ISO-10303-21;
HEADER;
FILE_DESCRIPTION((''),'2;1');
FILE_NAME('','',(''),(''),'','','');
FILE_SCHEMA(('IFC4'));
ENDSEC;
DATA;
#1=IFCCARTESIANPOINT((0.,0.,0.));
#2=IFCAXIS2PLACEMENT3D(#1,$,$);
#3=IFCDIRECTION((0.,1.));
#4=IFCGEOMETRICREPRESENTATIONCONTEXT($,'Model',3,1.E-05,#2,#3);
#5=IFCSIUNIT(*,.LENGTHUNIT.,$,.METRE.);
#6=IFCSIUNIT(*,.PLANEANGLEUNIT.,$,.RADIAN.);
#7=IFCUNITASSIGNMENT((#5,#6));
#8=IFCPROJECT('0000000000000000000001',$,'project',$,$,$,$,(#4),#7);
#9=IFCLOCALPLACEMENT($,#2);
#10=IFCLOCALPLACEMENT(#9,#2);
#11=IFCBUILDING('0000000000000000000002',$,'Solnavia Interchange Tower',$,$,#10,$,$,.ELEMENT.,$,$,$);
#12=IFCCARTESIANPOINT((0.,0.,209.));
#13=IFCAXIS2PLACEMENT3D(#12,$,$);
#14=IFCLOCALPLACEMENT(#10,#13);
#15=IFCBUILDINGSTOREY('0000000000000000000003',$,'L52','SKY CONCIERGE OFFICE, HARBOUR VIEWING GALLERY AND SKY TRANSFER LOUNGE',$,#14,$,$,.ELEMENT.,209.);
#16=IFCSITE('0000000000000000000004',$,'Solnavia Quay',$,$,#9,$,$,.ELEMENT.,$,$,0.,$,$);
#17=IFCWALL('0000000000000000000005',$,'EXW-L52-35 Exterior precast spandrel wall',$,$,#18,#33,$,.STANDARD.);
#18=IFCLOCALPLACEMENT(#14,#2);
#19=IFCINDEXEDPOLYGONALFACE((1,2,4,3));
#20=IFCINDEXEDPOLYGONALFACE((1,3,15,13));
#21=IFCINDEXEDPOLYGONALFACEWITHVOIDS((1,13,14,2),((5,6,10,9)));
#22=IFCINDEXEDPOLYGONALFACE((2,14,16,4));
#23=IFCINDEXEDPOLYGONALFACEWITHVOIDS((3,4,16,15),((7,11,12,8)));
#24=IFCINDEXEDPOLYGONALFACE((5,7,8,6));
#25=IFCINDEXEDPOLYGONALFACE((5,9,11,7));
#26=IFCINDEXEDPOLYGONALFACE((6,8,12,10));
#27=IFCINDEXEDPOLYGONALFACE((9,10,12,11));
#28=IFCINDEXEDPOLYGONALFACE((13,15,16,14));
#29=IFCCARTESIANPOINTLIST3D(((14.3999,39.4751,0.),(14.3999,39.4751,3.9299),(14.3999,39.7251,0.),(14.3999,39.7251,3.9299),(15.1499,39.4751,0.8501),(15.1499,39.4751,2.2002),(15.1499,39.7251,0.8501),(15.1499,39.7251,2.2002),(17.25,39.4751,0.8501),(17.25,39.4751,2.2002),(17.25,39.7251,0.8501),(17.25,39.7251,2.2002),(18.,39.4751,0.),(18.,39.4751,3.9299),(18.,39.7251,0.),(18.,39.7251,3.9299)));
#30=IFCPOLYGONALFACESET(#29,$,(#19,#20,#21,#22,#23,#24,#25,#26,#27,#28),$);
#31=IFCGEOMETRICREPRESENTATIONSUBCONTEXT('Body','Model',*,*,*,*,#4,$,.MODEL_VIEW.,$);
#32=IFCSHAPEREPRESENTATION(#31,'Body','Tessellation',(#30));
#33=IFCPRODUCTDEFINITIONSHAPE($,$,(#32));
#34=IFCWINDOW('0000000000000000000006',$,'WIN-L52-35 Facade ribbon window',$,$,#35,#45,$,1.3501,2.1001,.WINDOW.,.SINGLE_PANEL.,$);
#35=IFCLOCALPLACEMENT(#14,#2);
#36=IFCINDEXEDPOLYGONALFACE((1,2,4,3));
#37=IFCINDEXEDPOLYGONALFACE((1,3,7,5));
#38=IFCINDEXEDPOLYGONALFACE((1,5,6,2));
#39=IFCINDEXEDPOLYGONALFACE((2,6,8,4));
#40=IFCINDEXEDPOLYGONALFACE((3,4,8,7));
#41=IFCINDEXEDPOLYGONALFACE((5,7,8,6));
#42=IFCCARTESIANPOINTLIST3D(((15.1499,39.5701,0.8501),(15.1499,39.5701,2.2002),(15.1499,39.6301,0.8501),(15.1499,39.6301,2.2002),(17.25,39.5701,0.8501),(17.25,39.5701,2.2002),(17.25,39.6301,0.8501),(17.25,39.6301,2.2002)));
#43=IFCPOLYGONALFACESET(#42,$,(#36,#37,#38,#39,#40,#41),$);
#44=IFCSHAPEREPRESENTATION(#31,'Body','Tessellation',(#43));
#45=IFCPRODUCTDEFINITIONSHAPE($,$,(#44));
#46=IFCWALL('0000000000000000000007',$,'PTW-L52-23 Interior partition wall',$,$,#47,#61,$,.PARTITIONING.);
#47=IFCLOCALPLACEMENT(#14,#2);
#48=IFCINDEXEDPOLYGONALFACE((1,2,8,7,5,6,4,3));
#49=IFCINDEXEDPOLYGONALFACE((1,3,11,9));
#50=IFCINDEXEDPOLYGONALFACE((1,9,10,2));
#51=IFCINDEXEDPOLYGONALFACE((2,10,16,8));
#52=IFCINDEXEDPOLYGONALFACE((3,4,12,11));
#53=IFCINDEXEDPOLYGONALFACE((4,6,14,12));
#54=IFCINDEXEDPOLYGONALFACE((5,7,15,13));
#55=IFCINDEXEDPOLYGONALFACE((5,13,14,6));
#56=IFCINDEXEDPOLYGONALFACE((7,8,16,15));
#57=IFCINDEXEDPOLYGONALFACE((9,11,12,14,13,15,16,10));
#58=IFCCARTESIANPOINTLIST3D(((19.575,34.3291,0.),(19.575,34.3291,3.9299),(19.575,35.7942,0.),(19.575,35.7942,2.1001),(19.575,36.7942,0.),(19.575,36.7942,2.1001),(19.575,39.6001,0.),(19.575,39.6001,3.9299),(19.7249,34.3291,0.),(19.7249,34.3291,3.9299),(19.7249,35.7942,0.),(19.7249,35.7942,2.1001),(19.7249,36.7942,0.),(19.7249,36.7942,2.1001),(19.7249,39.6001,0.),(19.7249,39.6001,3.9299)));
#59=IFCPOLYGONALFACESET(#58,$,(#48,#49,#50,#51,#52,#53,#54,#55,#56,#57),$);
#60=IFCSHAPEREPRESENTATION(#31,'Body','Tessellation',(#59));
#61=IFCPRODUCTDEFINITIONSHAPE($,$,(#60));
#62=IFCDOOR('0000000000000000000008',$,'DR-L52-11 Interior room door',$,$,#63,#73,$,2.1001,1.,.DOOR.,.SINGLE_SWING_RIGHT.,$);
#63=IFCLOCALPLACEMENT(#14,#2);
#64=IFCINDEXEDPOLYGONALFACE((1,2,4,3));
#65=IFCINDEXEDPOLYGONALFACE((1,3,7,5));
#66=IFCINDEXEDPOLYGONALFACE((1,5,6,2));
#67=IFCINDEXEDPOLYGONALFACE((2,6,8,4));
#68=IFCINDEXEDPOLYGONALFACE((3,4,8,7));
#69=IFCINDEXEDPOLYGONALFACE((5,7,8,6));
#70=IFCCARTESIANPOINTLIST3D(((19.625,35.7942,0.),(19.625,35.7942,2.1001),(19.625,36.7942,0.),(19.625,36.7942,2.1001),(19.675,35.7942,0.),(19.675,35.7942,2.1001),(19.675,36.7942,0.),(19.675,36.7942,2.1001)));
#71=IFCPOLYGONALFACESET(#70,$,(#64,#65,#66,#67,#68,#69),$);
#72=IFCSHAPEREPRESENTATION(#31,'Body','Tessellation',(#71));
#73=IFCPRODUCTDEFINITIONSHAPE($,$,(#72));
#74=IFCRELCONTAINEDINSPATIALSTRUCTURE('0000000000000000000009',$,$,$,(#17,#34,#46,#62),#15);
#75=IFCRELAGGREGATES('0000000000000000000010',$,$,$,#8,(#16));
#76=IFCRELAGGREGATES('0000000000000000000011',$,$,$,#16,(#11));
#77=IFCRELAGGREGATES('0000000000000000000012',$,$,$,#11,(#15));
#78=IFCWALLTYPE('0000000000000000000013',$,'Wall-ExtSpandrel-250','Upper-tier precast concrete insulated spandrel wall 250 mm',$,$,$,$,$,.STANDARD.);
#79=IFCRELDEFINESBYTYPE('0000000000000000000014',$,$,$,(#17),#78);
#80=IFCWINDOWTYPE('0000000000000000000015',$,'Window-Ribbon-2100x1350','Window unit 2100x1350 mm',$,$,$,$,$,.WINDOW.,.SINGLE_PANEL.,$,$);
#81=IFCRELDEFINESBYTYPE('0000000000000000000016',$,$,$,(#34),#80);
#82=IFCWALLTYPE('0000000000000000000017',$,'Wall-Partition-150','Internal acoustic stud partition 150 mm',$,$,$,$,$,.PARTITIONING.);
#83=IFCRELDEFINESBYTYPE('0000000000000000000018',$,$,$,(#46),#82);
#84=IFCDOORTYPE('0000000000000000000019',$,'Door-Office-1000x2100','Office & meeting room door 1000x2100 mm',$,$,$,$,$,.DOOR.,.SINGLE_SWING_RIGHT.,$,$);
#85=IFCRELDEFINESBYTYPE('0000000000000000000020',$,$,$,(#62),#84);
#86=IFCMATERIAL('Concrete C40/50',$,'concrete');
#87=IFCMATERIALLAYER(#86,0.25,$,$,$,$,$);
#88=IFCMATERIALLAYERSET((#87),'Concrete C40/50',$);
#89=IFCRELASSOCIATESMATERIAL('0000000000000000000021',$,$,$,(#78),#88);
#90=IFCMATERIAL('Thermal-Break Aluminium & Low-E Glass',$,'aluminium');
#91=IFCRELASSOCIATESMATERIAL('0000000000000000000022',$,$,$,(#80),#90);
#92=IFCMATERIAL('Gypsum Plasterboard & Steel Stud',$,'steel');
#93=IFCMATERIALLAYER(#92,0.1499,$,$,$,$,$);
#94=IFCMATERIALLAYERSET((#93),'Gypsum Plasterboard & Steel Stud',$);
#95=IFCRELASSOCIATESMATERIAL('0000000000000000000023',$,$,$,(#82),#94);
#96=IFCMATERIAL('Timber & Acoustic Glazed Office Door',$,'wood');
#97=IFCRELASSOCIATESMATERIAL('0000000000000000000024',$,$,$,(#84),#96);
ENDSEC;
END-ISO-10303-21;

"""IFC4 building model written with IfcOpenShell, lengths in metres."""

from ifc_helpers import new_model, si_unit, direction, frame, frame_2d, origin, place, context, subcontext, project, spatial, rectangle, extrude, material, layer, layer_set, type_object, element, fill, save


model = new_model("IFC4")

# Units and contexts
model_context = context("Model", 3, precision=1e-05, world=origin(), true_north=direction((0.0, 1.0)))
body_context = subcontext(model_context, "Body", "Model", "MODEL_VIEW")
ifc_project = project(units=[si_unit("LENGTHUNIT", "METRE"), si_unit("PLANEANGLEUNIT", "RADIAN")], contexts=[model_context])

# Site, building, storey
site_placement = place(None, origin())
site = spatial("IfcSite", under=ifc_project, at=site_placement, Name="Solnavia Quay", CompositionType="ELEMENT", RefElevation=0.0)
building_placement = place(site_placement, origin())
building = spatial("IfcBuilding", under=site, at=building_placement, Name="Solnavia Interchange Tower", CompositionType="ELEMENT")
storey_placement = place(building_placement, frame((0.0, 0.0, 209.0)))
storey = spatial("IfcBuildingStorey", under=building, at=storey_placement, Name="L52", Description="SKY CONCIERGE OFFICE, HARBOUR VIEWING GALLERY AND SKY TRANSFER LOUNGE", CompositionType="ELEMENT", Elevation=209.0)

# Shared definitions
ifc_material_1 = material(Name="Concrete C40/50", Category="concrete")
ifc_layer_1 = layer(ifc_material_1, 0.25)
ifc_layer_set_1 = layer_set([ifc_layer_1], Name="Concrete C40/50")
wall_type_1 = type_object("IfcWallType", Name="Wall-ExtSpandrel-250", Description="Upper-tier precast concrete insulated spandrel wall 250 mm", PredefinedType="STANDARD", material=ifc_layer_set_1)

# Wall, opening, window
wall_1_placement = place(storey_placement, frame((14.3999, 39.6001, 0.0), z_axis=(0.0, 0.0, 1.0), x_axis=(1.0, 0.0, 0.0)))
wall_1 = element("IfcWall", 1, at=wall_1_placement, inside=storey, type_object=wall_type_1, Name="EXW-L52-35 Exterior precast spandrel wall", PredefinedType="STANDARD", context=body_context, shape_type="SweptSolid", body=[
    extrude(rectangle(XDim=3.6001, YDim=0.25, at=frame_2d((1.8, 0.0))), origin(), (0.0, 0.0, 1.0), 3.9299),
])
opening_1_placement = place(wall_1_placement, frame((0.75, 0.0, 0.8501)))
opening_1 = element("IfcOpeningElement", 2, at=opening_1_placement, cuts=wall_1, PredefinedType="OPENING", context=body_context, shape_type="SweptSolid", body=[
    extrude(rectangle(XDim=2.1001, YDim=1.3501, at=frame_2d((1.05, 0.675))), frame((0.0, 0.135, 0.0), z_axis=(0.0, -1.0, 0.0), x_axis=(1.0, 0.0, 0.0)), (0.0, 0.0, 1.0), 0.27),
])
ifc_material_2 = material(Name="Thermal-Break Aluminium & Low-E Glass", Category="aluminium")
window_type = type_object("IfcWindowType", Name="Window-Ribbon-2100x1350", Description="Window unit 2100x1350 mm", PartitioningType="SINGLE_PANEL", PredefinedType="WINDOW", material=ifc_material_2)
window_placement = place(opening_1_placement, origin())
window = element("IfcWindow", 3, at=window_placement, inside=storey, type_object=window_type, Name="WIN-L52-35 Facade ribbon window", OverallHeight=1.3501, OverallWidth=2.1001, PartitioningType="SINGLE_PANEL", PredefinedType="WINDOW", context=body_context, shape_type="SweptSolid", body=[
    extrude(rectangle(XDim=2.1001, YDim=1.3501, at=frame_2d((1.05, 0.675))), frame((0.0, 0.03, 0.0), z_axis=(0.0, -1.0, 0.0), x_axis=(1.0, 0.0, 0.0)), (0.0, 0.0, 1.0), 0.0601),
])
fill(opening_1, window)

# Wall, opening, door
ifc_material_3 = material(Name="Gypsum Plasterboard & Steel Stud", Category="steel")
ifc_layer_2 = layer(ifc_material_3, 0.1499)
ifc_layer_set_2 = layer_set([ifc_layer_2], Name="Gypsum Plasterboard & Steel Stud")
wall_type_2 = type_object("IfcWallType", Name="Wall-Partition-150", Description="Internal acoustic stud partition 150 mm", PredefinedType="PARTITIONING", material=ifc_layer_set_2)
wall_2_placement = place(storey_placement, frame((19.6499, 34.3291, 0.0), z_axis=(0.0, 0.0, 1.0), x_axis=(0.0, 1.0, 0.0)))
wall_2 = element("IfcWall", 4, at=wall_2_placement, inside=storey, type_object=wall_type_2, Name="PTW-L52-23 Interior partition wall", PredefinedType="PARTITIONING", context=body_context, shape_type="SweptSolid", body=[
    extrude(rectangle(XDim=5.271, YDim=0.1499, at=frame_2d((2.6355, 0.0))), origin(), (0.0, 0.0, 1.0), 3.9299),
])
opening_2_placement = place(wall_2_placement, frame((1.4651, 0.0, 0.0)))
opening_2 = element("IfcOpeningElement", 5, at=opening_2_placement, cuts=wall_2, PredefinedType="OPENING", context=body_context, shape_type="SweptSolid", body=[
    extrude(rectangle(XDim=1.0, YDim=2.1001, at=frame_2d((0.5, 1.05))), frame((0.0, 0.085, 0.0), z_axis=(0.0, -1.0, 0.0), x_axis=(1.0, 0.0, 0.0)), (0.0, 0.0, 1.0), 0.1699),
])
ifc_material_4 = material(Name="Timber & Acoustic Glazed Office Door", Category="wood")
door_type = type_object("IfcDoorType", Name="Door-Office-1000x2100", Description="Office & meeting room door 1000x2100 mm", OperationType="SINGLE_SWING_RIGHT", PredefinedType="DOOR", material=ifc_material_4)
door_placement = place(opening_2_placement, origin())
door = element("IfcDoor", 6, at=door_placement, inside=storey, type_object=door_type, Name="DR-L52-11 Interior room door", OperationType="SINGLE_SWING_RIGHT", OverallHeight=2.1001, OverallWidth=1.0, PredefinedType="DOOR", context=body_context, shape_type="SweptSolid", body=[
    extrude(rectangle(XDim=1.0, YDim=2.1001, at=frame_2d((0.5, 1.05))), frame((0.0, 0.0249, 0.0), z_axis=(0.0, -1.0, 0.0), x_axis=(1.0, 0.0, 0.0)), (0.0, 0.0, 1.0), 0.05),
])
fill(opening_2, door)

save(model, "model.ifc")
